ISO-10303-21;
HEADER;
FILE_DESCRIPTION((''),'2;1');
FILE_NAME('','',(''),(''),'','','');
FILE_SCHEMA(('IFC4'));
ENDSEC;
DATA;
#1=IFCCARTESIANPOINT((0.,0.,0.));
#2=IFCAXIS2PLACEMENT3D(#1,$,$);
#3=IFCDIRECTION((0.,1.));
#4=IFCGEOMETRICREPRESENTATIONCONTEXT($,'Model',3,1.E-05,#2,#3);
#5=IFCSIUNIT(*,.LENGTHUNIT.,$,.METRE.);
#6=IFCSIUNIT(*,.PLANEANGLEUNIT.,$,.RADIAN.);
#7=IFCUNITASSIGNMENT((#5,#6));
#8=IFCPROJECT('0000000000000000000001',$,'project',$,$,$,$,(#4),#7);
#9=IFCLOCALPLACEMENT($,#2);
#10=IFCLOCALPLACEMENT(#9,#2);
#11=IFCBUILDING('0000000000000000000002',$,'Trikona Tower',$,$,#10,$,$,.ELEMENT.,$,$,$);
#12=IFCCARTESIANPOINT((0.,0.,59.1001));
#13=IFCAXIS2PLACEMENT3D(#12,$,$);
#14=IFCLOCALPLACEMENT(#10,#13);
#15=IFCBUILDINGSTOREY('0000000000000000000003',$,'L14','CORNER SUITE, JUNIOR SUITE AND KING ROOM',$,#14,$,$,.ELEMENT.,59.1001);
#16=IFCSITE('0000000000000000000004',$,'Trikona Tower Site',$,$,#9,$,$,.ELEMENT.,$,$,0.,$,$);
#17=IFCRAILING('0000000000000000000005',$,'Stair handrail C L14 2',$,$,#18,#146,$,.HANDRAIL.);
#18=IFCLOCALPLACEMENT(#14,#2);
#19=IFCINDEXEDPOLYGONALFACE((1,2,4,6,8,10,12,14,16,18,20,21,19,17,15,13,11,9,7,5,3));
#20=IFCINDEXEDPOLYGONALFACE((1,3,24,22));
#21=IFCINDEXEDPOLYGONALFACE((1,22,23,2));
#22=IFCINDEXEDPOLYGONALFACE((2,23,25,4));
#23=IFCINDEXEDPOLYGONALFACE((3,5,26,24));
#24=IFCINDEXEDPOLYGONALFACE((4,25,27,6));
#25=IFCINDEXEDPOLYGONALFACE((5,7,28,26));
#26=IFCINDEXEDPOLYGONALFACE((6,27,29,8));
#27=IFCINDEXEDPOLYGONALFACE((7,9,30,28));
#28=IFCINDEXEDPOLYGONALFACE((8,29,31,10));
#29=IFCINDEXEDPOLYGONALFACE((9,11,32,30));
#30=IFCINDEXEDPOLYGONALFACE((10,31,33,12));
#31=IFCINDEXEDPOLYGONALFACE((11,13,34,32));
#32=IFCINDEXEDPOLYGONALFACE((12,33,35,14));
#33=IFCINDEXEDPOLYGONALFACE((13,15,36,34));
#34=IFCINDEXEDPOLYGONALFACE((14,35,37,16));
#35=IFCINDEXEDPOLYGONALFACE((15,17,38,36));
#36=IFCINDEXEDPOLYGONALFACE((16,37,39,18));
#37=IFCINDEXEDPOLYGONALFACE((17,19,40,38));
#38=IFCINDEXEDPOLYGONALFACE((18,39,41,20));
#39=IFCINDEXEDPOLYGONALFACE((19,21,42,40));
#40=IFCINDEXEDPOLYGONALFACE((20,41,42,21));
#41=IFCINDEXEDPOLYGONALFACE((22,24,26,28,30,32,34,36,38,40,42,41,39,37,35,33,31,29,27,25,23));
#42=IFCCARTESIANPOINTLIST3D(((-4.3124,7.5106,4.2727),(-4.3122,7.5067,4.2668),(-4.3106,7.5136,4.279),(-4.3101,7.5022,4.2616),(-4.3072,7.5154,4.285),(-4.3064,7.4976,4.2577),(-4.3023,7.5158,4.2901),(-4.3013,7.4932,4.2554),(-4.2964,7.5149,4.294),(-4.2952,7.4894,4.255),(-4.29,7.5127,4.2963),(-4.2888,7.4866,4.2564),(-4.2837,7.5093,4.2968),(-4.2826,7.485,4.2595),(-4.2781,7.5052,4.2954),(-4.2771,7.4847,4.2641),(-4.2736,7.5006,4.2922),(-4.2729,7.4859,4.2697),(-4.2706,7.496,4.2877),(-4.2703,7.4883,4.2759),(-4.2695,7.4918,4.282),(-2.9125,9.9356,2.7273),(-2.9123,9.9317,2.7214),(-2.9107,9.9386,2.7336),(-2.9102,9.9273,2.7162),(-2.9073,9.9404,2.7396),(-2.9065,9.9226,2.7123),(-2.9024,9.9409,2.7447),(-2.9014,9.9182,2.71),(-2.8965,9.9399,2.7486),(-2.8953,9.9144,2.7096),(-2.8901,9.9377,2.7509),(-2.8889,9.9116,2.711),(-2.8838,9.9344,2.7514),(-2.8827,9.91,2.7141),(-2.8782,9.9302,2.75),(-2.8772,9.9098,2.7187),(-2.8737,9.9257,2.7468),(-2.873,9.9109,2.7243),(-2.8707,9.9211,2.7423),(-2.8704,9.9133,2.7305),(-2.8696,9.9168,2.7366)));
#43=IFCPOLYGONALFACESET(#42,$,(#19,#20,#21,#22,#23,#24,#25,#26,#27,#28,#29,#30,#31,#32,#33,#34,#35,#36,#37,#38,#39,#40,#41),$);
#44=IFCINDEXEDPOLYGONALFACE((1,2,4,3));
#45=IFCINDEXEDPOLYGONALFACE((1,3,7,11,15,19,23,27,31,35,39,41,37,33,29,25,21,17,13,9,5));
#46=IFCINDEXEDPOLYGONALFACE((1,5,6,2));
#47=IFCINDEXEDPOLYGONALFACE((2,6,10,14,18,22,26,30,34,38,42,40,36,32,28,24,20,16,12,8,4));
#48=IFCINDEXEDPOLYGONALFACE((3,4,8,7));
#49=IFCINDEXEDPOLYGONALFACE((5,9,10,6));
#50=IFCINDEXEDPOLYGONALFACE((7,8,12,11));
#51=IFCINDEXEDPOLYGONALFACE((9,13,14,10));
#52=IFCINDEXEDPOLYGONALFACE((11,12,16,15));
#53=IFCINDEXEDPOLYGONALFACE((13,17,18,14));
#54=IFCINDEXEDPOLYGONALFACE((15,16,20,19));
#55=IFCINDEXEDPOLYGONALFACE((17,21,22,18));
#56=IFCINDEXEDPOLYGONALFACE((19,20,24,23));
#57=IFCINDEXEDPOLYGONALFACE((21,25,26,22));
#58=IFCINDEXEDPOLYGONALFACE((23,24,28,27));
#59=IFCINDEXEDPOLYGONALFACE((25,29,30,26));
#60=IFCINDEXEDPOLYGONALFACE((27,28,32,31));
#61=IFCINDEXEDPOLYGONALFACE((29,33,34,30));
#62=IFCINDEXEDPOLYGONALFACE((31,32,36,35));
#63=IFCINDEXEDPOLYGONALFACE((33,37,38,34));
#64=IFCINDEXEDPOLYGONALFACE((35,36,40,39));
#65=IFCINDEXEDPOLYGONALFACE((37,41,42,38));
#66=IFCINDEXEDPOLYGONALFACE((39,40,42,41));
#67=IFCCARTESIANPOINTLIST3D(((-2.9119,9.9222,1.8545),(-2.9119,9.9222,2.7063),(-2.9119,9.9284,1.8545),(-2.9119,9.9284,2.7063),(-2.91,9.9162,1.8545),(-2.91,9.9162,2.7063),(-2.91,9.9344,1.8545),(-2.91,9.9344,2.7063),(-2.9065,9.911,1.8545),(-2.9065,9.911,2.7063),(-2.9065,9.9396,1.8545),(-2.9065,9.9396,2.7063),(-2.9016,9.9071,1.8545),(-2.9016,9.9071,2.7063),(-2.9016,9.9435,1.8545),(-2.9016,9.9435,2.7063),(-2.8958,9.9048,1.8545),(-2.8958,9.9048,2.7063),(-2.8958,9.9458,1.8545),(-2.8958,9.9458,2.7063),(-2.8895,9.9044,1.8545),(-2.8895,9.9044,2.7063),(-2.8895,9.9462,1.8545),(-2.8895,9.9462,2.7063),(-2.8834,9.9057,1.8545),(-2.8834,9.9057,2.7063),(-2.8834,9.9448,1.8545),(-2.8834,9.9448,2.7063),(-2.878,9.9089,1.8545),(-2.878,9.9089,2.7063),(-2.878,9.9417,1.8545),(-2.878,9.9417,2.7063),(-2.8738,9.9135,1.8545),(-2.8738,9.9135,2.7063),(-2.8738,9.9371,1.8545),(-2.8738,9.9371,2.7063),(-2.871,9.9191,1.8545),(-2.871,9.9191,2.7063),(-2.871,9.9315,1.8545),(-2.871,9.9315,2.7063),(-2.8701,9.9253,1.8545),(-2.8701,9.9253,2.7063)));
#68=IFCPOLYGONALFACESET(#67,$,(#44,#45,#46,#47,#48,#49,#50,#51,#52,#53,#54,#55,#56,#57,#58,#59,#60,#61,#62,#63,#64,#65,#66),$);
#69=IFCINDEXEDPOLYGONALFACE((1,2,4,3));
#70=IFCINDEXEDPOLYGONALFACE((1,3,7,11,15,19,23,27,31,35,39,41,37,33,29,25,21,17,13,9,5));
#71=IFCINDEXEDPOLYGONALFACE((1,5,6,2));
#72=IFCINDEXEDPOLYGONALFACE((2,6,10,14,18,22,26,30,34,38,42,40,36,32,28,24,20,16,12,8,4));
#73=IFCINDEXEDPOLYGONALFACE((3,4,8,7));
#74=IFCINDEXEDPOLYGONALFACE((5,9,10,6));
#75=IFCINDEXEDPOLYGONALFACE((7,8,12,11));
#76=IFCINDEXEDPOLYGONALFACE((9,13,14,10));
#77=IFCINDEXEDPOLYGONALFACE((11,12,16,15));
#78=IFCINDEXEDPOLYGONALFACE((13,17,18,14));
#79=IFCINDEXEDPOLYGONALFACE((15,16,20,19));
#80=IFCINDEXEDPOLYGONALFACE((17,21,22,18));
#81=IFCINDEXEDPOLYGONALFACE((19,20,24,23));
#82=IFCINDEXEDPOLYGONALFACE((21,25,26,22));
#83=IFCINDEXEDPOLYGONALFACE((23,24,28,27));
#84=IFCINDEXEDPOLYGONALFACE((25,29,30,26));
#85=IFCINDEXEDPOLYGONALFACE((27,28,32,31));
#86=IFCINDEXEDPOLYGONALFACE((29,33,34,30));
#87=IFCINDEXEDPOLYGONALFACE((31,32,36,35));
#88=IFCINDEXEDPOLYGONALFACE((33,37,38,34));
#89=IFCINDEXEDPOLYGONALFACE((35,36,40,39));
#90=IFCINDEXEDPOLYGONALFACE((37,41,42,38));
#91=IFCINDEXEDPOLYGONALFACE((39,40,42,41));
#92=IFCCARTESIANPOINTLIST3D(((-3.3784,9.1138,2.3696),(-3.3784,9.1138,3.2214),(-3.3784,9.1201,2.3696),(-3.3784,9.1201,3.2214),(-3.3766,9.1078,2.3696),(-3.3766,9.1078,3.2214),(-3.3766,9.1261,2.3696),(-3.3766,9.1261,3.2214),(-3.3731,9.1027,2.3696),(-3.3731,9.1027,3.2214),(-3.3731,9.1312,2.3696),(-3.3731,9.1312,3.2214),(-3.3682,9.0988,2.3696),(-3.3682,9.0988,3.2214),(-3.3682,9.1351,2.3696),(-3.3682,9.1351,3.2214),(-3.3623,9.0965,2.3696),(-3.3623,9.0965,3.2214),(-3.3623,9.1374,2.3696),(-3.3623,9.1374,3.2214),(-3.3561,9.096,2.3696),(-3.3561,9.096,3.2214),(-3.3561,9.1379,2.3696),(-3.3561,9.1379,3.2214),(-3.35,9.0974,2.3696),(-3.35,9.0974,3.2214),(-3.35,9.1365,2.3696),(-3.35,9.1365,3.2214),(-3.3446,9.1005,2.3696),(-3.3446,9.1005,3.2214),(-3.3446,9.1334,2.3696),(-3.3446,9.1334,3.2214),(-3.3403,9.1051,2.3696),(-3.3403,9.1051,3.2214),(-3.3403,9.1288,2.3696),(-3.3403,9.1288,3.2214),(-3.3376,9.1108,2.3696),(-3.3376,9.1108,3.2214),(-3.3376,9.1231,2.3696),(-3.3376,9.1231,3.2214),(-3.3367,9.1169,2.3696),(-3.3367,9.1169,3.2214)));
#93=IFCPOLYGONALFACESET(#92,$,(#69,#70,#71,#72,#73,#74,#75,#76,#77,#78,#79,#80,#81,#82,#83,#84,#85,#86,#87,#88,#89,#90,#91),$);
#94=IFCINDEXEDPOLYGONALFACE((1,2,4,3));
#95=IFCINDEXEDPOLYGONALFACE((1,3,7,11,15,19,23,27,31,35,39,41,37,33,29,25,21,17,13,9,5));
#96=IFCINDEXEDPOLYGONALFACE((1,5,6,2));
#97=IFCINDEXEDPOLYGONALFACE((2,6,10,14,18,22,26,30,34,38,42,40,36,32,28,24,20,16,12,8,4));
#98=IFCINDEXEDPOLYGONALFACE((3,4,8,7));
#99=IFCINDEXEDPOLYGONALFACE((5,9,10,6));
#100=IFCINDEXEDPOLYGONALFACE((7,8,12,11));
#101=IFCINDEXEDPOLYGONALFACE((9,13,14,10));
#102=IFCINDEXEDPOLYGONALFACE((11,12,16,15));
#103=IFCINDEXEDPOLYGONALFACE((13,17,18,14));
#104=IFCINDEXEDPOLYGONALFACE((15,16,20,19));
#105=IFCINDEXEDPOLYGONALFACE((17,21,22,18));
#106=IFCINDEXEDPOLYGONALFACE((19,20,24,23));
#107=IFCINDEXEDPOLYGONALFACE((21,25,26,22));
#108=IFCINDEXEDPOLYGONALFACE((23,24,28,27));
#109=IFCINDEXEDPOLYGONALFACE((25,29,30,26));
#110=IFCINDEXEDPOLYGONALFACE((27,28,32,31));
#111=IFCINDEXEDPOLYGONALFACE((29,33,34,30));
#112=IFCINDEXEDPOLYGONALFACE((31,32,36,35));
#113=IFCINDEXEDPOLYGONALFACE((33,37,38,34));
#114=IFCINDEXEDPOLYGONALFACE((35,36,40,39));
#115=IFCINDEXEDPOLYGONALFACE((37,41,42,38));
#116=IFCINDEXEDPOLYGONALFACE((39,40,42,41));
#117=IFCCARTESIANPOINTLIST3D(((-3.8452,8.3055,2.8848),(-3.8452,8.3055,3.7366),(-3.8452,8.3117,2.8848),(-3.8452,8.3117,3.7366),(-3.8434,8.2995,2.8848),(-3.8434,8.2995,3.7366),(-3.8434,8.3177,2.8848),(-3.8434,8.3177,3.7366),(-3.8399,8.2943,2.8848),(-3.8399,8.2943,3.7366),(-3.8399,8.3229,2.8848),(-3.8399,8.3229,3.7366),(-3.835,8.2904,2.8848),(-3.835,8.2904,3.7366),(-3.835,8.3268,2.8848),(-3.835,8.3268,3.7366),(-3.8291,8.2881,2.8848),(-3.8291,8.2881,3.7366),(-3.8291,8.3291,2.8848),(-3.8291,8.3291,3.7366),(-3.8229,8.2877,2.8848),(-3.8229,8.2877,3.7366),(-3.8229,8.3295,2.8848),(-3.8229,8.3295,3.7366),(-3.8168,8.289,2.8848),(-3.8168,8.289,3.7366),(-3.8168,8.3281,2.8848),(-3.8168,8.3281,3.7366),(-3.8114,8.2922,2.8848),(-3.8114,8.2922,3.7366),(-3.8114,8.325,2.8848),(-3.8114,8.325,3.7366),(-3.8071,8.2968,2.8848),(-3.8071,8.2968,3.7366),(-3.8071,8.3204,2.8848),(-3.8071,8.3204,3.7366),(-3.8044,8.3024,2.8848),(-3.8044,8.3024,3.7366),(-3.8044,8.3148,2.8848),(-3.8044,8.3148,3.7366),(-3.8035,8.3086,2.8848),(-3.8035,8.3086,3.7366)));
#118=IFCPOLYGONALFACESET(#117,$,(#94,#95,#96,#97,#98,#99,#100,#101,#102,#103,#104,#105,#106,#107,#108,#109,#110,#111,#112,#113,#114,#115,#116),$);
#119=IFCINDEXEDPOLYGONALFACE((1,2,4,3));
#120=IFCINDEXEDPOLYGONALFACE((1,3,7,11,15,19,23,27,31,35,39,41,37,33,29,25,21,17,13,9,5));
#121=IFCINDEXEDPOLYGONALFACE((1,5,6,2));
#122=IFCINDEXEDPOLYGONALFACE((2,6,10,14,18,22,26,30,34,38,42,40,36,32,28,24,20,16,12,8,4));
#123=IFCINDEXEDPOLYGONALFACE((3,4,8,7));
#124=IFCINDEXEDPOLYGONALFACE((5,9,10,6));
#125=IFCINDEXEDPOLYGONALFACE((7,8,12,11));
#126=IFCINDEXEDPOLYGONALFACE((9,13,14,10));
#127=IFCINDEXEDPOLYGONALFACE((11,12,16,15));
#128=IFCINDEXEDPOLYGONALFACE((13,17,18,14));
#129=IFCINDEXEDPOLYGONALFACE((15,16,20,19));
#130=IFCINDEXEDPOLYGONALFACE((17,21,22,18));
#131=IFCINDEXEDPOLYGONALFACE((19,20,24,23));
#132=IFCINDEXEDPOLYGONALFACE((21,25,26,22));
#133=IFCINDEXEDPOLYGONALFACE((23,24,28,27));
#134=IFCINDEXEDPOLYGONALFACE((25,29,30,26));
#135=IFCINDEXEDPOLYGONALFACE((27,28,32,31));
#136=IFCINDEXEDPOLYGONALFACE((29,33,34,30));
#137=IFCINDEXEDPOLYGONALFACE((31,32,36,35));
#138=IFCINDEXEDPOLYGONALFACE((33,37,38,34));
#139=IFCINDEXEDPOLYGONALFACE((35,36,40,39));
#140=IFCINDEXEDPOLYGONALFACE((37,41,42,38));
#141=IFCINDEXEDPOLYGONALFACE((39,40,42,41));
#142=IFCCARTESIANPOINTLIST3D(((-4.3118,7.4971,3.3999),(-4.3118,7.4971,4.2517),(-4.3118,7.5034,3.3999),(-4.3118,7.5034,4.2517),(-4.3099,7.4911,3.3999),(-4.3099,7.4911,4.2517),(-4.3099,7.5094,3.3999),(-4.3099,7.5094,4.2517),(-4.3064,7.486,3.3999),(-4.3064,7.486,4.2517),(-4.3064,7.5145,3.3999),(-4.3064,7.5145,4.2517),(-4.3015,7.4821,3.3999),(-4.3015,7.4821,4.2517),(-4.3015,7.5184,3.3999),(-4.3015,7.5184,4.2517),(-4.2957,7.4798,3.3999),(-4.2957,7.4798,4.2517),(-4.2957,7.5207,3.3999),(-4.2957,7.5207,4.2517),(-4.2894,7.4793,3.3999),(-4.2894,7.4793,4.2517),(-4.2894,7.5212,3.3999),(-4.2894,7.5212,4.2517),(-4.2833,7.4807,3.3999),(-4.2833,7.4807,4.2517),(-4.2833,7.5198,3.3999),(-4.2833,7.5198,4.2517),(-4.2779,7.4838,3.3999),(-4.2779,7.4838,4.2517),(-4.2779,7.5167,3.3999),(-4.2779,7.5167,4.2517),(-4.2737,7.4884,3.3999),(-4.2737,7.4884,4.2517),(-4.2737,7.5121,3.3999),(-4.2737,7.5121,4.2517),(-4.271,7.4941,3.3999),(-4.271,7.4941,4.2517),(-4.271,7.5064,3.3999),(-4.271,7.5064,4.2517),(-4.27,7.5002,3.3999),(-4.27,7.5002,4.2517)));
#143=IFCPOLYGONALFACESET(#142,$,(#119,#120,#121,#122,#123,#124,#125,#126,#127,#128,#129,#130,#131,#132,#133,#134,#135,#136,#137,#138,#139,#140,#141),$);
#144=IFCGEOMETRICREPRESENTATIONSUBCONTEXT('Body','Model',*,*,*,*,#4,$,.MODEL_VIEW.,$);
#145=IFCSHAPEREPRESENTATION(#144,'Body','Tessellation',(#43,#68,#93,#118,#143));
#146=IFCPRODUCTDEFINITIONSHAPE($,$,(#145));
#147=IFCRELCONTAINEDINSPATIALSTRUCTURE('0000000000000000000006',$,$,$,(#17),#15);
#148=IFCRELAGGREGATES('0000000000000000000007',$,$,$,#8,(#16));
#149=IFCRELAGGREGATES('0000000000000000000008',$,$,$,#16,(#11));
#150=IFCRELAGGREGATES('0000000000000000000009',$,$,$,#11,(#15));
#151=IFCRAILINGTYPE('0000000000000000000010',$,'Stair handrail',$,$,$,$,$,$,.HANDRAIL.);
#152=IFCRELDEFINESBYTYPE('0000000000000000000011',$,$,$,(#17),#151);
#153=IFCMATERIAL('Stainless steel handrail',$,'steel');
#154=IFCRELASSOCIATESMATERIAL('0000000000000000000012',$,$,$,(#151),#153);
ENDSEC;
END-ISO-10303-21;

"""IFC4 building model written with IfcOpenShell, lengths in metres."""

from ifc_helpers import new_model, si_unit, direction, frame, origin, origin_2d, place, context, subcontext, project, spatial, circle, extrude, material, type_object, element, save


model = new_model("IFC4")

# Units and contexts
model_context = context("Model", 3, precision=1e-05, world=origin(), true_north=direction((0.0, 1.0)))
body_context = subcontext(model_context, "Body", "Model", "MODEL_VIEW")
ifc_project = project(units=[si_unit("LENGTHUNIT", "METRE"), si_unit("PLANEANGLEUNIT", "RADIAN")], contexts=[model_context])

# Site, building, storey
site_placement = place(None, origin())
site = spatial("IfcSite", under=ifc_project, at=site_placement, Name="Trikona Tower Site", CompositionType="ELEMENT", RefElevation=0.0)
building_placement = place(site_placement, origin())
building = spatial("IfcBuilding", under=site, at=building_placement, Name="Trikona Tower", CompositionType="ELEMENT")
storey_placement = place(building_placement, frame((0.0, 0.0, 59.1001)))
storey = spatial("IfcBuildingStorey", under=building, at=storey_placement, Name="L14", Description="CORNER SUITE, JUNIOR SUITE AND KING ROOM", CompositionType="ELEMENT", Elevation=59.1001)

# Railing
ifc_material_1 = material(Name="Stainless steel handrail", Category="steel")
railing_type = type_object("IfcRailingType", Name="Stair handrail", PredefinedType="HANDRAIL", material=ifc_material_1)
railing_1_placement = place(storey_placement, frame((-2.8911, 9.9253, 1.8545)))
element("IfcRailing", 1, at=railing_1_placement, inside=storey, type_object=railing_type, Name="Stair handrail C L14 2", PredefinedType="HANDRAIL", context=body_context, shape_type="SweptSolid", body=[
    extrude(circle(Radius=0.0239, at=origin_2d()), frame((0.0, 0.0, 0.876), z_axis=(-0.437707, -0.75824, 0.483203), x_axis=(0.866056, -0.499946, 0.0)), (0.0, 0.0, 1.0), 3.1982),
    extrude(circle(Radius=0.021, at=origin_2d()), origin(), (0.0, 0.0, 1.0), 0.8518),
    extrude(circle(Radius=0.021, at=origin_2d()), frame((-0.4666, -0.8083, 0.5151)), (0.0, 0.0, 1.0), 0.8518),
    extrude(circle(Radius=0.021, at=origin_2d()), frame((-0.9333, -1.6167, 1.0303)), (0.0, 0.0, 1.0), 0.8518),
    extrude(circle(Radius=0.021, at=origin_2d()), frame((-1.3999, -2.425, 1.5454)), (0.0, 0.0, 1.0), 0.8518),
])

save(model, "model.ifc")
